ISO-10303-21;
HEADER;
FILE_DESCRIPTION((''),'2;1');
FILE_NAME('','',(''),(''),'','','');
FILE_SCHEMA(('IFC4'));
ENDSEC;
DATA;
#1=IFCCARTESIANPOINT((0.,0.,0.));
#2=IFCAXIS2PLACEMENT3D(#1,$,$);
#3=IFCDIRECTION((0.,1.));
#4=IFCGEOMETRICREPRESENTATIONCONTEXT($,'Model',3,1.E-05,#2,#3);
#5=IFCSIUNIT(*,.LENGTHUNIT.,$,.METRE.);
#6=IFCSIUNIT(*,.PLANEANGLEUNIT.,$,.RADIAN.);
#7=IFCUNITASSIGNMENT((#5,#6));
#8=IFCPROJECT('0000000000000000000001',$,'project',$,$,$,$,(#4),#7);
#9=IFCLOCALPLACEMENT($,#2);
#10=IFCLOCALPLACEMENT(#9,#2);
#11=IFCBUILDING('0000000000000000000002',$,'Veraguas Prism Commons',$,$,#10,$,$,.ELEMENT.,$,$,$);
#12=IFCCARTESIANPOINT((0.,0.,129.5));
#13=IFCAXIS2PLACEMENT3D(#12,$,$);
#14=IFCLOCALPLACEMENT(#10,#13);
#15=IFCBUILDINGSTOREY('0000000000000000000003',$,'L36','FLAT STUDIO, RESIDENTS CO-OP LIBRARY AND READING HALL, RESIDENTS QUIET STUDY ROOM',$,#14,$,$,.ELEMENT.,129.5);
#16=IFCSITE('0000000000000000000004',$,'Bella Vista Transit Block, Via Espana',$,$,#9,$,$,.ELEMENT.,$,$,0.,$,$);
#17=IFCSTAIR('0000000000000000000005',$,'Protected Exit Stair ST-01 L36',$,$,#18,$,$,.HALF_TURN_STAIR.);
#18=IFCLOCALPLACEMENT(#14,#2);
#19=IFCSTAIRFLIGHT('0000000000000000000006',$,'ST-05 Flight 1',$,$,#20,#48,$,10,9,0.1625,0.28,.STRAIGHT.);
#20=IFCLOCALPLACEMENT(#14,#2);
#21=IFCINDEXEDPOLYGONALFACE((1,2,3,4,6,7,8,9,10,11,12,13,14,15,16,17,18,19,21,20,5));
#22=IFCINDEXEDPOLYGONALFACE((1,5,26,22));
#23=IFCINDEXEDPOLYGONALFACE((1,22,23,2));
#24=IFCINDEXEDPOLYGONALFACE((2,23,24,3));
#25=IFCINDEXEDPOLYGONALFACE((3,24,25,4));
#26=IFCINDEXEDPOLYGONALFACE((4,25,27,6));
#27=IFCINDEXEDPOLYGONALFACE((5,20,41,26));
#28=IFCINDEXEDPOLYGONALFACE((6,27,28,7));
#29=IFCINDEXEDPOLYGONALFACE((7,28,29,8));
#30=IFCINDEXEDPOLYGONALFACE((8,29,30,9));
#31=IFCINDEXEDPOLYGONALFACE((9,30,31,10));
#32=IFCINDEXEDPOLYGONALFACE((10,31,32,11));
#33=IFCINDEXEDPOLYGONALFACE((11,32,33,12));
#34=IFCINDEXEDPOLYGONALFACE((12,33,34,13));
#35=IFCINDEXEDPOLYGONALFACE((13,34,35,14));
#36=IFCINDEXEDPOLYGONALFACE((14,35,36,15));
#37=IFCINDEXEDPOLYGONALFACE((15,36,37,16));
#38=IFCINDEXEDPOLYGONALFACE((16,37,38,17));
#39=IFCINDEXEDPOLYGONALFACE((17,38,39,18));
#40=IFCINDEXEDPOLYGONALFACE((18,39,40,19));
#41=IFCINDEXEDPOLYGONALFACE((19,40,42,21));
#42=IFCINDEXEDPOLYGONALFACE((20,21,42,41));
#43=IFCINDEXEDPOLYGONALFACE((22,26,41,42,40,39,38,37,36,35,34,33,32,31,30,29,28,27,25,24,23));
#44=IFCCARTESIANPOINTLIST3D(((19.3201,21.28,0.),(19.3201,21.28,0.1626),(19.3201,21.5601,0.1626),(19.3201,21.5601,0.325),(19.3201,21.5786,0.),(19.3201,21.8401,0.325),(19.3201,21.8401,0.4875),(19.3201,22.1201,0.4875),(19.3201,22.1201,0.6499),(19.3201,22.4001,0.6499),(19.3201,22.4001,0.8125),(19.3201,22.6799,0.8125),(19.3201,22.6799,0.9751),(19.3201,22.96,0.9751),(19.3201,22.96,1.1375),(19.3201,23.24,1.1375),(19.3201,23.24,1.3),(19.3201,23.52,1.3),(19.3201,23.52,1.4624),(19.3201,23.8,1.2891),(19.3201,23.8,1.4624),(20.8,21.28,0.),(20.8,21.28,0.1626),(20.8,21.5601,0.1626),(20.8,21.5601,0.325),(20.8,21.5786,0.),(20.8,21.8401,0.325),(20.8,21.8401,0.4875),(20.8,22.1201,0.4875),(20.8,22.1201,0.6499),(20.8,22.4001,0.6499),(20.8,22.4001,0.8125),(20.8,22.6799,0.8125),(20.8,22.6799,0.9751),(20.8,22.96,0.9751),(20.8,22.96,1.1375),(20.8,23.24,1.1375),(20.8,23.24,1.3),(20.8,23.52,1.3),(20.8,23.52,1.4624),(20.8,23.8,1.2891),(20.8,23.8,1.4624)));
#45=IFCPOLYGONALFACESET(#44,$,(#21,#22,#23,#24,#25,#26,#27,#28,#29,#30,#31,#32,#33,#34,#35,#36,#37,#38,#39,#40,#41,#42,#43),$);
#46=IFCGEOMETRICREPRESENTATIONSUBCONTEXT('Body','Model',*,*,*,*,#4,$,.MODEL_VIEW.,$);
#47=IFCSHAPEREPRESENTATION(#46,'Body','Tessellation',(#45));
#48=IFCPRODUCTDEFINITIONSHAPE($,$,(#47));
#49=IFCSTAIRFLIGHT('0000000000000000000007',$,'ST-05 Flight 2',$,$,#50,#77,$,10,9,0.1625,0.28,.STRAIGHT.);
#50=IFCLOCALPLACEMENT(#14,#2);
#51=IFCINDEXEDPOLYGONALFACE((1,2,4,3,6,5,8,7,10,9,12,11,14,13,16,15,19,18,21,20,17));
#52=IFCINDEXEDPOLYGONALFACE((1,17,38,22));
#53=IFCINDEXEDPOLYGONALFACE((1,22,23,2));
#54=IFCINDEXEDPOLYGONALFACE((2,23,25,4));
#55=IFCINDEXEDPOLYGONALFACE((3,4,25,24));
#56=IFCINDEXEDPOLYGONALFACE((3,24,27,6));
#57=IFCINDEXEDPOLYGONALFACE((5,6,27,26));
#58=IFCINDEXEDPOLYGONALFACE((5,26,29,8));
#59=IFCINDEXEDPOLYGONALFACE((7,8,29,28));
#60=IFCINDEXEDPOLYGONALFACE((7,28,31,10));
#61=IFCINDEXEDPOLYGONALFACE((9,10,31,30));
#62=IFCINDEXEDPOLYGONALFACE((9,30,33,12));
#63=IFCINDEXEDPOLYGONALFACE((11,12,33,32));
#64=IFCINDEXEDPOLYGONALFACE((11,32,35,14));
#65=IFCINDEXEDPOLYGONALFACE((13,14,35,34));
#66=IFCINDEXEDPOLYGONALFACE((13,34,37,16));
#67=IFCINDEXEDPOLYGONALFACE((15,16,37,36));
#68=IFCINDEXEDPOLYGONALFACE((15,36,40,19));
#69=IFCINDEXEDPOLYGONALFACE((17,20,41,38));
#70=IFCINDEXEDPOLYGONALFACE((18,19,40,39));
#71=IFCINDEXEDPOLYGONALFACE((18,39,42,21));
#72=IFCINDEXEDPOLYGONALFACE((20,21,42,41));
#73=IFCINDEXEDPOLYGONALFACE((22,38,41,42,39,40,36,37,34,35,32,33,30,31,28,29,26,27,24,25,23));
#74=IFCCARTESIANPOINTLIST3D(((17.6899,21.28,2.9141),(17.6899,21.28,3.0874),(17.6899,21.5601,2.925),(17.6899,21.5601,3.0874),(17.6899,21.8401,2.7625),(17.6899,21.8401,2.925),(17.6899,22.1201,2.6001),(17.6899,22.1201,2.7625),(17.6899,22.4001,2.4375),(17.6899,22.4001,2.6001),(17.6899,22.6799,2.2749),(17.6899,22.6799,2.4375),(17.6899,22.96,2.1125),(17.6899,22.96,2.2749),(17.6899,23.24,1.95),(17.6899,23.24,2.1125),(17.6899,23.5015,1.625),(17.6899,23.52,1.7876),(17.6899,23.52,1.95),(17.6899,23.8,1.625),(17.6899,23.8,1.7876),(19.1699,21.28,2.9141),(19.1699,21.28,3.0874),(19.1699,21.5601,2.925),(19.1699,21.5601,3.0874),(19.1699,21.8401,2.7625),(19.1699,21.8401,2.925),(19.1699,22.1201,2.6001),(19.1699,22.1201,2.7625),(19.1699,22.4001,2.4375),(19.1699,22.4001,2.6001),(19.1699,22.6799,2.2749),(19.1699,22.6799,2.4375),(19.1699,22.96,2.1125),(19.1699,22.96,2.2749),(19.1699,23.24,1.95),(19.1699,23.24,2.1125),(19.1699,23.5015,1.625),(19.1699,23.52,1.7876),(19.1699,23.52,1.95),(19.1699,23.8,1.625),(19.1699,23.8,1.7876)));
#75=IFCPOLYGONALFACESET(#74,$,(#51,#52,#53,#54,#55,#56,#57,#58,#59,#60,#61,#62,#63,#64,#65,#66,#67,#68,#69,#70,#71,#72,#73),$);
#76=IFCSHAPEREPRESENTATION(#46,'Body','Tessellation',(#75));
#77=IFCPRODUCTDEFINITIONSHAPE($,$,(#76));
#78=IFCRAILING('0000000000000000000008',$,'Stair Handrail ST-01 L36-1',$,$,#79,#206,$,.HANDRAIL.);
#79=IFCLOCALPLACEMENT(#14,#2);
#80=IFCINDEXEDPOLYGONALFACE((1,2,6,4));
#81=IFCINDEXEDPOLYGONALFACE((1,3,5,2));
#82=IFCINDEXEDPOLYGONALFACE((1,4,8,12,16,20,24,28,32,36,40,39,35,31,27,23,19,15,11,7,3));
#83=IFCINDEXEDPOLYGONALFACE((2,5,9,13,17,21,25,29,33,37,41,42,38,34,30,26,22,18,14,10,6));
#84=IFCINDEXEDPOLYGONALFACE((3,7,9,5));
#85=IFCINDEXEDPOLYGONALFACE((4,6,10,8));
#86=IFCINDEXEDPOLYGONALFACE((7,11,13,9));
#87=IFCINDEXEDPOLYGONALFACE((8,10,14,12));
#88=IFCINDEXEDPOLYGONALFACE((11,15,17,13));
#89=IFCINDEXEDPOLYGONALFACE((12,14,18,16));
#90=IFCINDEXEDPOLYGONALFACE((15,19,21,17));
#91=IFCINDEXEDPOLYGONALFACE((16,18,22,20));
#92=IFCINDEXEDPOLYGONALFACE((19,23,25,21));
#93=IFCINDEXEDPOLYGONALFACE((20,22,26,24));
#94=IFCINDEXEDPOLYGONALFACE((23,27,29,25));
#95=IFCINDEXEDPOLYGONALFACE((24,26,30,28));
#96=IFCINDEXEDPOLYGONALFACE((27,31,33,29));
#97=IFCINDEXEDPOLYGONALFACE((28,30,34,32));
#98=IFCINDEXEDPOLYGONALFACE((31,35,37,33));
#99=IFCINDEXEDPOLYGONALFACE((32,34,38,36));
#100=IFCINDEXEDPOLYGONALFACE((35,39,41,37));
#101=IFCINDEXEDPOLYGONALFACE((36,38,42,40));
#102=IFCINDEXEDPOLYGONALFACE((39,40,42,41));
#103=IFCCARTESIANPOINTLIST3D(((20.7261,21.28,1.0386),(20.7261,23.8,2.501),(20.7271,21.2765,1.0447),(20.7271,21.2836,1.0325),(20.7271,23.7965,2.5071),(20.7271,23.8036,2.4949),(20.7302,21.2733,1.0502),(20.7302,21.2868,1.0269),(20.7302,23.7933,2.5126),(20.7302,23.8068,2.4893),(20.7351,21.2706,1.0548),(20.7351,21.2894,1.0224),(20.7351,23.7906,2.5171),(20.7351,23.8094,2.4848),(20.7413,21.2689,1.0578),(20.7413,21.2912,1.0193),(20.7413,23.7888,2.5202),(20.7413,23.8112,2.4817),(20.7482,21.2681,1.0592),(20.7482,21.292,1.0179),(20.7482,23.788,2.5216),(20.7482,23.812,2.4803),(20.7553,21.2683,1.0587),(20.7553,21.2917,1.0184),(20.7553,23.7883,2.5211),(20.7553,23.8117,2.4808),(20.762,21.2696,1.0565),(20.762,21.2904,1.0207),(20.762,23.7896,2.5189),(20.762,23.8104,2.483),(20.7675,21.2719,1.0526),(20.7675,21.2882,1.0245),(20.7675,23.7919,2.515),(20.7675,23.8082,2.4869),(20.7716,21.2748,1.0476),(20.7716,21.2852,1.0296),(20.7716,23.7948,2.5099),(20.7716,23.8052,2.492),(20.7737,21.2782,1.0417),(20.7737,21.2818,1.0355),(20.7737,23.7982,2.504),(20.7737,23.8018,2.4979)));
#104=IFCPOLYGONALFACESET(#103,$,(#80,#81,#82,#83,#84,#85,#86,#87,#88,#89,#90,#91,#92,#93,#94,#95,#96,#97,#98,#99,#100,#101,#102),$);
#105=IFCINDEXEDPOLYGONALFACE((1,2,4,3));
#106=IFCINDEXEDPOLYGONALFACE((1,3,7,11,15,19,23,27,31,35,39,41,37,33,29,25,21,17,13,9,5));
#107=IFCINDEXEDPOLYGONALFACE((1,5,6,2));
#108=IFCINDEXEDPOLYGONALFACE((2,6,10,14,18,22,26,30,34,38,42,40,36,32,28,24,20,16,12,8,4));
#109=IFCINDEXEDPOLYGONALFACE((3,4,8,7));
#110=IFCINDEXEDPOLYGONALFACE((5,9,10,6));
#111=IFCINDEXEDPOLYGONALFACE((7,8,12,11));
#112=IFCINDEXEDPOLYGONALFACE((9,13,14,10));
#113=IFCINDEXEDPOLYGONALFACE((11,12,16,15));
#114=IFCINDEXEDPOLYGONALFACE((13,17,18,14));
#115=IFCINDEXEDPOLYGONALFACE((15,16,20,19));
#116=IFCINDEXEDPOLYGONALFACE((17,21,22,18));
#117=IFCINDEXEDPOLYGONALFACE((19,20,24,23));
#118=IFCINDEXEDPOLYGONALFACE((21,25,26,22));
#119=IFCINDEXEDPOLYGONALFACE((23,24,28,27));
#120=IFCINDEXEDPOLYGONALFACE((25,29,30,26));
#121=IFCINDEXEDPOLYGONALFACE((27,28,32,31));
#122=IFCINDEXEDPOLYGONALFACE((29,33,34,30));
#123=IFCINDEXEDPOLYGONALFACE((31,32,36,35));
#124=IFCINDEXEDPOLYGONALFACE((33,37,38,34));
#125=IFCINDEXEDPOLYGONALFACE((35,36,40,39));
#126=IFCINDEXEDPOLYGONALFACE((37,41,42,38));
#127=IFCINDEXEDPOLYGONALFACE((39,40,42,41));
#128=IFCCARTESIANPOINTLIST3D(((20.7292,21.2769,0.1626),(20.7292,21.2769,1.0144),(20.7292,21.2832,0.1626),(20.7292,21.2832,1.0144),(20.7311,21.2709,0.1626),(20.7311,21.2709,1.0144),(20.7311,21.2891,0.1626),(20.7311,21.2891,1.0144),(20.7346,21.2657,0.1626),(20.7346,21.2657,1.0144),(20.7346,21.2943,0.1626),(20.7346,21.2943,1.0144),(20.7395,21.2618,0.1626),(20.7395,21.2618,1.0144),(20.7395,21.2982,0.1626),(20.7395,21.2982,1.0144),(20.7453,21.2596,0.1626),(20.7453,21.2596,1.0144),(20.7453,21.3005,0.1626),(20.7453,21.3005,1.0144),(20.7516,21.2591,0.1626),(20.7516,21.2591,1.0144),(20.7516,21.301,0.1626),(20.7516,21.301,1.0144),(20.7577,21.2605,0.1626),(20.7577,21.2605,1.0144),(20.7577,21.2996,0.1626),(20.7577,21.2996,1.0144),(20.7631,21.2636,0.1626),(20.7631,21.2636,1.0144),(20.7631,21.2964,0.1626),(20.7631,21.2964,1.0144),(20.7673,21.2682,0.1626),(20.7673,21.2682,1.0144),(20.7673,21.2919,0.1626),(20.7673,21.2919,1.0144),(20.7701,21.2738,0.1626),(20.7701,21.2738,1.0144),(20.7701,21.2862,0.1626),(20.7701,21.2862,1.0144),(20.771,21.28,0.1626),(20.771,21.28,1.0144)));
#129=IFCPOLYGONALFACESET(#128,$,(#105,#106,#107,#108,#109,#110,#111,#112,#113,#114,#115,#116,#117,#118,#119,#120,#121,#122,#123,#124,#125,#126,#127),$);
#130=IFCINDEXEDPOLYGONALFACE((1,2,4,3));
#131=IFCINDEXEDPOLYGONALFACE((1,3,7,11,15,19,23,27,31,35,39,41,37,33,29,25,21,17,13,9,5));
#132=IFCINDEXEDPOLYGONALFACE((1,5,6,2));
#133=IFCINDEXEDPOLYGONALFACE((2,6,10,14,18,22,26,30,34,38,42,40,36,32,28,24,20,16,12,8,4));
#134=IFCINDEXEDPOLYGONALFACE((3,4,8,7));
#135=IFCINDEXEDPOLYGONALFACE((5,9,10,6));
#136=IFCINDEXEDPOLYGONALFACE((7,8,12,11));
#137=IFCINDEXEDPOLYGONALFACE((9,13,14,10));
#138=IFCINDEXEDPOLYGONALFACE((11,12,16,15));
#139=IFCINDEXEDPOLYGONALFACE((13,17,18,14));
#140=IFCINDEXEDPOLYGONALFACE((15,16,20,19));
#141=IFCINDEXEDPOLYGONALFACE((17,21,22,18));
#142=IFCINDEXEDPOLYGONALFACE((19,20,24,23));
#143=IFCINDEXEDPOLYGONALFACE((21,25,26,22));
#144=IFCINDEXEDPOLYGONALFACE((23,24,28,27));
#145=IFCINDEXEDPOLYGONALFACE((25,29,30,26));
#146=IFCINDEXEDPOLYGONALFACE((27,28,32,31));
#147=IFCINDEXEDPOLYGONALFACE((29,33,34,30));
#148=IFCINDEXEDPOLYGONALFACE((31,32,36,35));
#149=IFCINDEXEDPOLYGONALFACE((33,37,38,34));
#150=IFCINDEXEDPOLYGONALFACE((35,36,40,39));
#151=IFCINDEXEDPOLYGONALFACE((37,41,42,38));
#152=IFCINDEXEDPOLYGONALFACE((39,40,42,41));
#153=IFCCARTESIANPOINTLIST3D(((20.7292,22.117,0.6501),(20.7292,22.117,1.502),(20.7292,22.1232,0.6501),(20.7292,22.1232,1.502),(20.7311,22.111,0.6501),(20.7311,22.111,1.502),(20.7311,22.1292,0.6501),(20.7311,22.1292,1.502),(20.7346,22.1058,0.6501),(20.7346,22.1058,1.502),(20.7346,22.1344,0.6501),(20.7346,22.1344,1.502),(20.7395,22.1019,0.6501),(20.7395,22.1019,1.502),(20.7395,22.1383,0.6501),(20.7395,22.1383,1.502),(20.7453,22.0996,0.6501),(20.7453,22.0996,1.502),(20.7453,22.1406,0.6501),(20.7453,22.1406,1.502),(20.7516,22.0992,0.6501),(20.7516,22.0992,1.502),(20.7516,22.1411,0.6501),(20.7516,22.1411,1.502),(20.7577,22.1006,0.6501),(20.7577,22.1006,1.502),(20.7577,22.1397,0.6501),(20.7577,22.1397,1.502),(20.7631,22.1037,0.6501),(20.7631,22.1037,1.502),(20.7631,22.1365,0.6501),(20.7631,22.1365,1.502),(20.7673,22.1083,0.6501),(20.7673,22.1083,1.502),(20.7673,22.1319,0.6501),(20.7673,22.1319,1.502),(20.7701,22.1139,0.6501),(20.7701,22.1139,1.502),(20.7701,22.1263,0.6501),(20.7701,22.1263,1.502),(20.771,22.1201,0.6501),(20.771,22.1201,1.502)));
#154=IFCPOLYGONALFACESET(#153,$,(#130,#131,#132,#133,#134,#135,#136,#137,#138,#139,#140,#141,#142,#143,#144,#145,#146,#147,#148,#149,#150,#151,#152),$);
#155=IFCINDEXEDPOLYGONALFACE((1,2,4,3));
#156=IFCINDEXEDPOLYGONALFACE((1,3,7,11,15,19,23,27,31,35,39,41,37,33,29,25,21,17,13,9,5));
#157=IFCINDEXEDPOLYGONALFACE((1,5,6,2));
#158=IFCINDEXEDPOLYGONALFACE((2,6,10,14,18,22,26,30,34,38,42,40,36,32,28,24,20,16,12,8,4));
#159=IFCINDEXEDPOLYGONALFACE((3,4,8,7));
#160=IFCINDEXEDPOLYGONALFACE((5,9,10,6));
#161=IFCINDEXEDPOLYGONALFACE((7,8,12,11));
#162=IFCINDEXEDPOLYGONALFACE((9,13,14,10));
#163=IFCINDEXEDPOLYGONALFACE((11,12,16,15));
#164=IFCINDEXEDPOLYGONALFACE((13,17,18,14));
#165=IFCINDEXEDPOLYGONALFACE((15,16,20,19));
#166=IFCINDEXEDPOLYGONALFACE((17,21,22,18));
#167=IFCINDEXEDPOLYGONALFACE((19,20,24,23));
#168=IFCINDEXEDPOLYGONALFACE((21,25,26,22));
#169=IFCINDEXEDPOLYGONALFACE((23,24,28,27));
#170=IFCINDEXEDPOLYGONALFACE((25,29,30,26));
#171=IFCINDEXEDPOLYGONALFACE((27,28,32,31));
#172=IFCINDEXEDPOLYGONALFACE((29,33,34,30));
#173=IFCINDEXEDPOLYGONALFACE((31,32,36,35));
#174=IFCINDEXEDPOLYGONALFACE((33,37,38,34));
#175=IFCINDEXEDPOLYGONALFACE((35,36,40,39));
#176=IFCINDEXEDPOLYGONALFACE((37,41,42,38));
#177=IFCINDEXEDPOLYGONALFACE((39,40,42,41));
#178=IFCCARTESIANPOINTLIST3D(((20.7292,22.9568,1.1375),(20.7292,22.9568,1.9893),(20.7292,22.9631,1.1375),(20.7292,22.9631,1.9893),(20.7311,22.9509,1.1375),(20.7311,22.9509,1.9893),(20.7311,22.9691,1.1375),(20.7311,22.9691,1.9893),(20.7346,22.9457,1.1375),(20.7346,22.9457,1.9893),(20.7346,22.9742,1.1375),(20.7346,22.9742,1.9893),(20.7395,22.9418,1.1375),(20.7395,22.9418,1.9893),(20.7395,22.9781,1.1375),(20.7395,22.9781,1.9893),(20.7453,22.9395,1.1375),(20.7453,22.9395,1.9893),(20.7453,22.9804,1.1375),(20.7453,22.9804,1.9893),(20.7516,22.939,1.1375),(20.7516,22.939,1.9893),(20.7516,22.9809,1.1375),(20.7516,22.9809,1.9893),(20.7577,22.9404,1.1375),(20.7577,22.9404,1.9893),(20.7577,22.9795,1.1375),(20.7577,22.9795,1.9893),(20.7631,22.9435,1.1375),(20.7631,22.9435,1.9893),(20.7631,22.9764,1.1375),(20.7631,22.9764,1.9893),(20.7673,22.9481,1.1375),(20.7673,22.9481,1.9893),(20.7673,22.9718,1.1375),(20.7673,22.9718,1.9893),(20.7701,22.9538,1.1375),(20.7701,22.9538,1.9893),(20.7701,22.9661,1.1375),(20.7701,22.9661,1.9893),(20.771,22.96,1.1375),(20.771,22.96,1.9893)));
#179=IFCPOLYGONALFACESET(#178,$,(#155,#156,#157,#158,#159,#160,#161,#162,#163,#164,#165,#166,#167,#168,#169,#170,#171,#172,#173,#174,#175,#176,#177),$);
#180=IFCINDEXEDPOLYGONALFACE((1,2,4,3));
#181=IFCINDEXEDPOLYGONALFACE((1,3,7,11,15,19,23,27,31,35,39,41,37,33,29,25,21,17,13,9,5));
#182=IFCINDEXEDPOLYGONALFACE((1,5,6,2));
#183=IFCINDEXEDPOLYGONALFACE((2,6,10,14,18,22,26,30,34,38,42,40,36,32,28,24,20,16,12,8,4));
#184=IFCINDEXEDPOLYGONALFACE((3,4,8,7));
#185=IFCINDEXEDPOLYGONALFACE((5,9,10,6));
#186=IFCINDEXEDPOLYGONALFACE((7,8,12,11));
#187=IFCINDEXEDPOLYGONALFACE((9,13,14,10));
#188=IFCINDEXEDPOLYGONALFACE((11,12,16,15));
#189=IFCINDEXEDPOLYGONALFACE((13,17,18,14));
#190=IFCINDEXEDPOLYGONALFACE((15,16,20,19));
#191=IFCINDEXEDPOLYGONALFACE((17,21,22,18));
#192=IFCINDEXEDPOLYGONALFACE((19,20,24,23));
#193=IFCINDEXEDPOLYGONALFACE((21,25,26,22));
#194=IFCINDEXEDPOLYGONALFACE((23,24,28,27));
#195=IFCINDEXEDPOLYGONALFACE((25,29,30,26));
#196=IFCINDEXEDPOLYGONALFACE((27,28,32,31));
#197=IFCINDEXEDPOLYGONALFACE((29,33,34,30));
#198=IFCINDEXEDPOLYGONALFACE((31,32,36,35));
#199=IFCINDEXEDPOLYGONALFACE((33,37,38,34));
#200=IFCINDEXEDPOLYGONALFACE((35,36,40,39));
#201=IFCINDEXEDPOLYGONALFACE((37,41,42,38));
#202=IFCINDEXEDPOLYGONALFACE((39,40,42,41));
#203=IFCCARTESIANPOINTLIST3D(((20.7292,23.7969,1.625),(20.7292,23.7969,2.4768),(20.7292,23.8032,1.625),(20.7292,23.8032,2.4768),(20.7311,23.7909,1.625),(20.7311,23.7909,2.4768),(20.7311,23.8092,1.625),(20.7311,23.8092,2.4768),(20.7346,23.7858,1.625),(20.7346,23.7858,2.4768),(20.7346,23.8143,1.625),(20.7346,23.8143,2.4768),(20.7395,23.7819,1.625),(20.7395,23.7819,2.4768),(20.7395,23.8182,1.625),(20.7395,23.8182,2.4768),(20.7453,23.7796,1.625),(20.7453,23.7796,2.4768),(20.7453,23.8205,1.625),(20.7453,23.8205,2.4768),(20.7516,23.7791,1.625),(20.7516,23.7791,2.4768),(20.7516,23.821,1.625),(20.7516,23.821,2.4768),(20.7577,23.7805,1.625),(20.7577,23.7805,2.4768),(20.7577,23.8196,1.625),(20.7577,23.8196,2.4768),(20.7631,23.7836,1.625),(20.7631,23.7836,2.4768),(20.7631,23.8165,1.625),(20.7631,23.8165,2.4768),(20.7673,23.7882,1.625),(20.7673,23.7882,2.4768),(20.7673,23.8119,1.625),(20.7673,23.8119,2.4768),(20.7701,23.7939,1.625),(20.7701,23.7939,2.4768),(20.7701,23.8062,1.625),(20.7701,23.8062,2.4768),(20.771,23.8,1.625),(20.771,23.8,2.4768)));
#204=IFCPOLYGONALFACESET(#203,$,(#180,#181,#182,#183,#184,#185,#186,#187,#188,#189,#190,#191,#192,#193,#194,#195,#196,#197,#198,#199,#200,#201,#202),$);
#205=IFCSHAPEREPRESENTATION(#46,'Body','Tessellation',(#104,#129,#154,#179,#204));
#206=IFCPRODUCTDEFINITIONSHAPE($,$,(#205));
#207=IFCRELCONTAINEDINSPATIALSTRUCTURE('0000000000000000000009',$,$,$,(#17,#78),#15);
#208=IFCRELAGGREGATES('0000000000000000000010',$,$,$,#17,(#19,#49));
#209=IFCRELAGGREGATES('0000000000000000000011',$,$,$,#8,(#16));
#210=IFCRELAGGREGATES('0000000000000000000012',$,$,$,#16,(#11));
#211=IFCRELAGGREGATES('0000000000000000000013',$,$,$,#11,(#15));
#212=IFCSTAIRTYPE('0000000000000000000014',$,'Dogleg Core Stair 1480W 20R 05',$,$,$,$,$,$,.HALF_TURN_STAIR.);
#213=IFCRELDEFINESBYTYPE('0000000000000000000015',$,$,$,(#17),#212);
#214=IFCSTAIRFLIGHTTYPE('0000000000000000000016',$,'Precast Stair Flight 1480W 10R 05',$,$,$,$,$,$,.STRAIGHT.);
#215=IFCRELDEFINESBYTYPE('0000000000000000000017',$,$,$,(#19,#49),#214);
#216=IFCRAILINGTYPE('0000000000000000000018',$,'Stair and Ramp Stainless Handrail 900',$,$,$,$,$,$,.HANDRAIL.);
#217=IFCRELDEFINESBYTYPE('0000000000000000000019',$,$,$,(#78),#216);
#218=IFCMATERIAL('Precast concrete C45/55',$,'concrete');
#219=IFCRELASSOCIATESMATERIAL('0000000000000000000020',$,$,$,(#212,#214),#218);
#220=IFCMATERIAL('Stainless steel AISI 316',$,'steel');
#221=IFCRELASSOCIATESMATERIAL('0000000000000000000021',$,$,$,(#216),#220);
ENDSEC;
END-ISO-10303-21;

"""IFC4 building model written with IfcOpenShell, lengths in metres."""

from ifc_helpers import new_model, si_unit, direction, frame, origin, origin_2d, place, context, subcontext, project, spatial, polyline, circle, outline, extrude, material, type_object, element, aggregate, save


model = new_model("IFC4")

# Units and contexts
model_context = context("Model", 3, precision=1e-05, world=origin(), true_north=direction((0.0, 1.0)))
body_context = subcontext(model_context, "Body", "Model", "MODEL_VIEW")
ifc_project = project(units=[si_unit("LENGTHUNIT", "METRE"), si_unit("PLANEANGLEUNIT", "RADIAN")], contexts=[model_context])

# Site, building, storey
site_placement = place(None, origin())
site = spatial("IfcSite", under=ifc_project, at=site_placement, Name="Bella Vista Transit Block, Via Espana", CompositionType="ELEMENT", RefElevation=0.0)
building_placement = place(site_placement, origin())
building = spatial("IfcBuilding", under=site, at=building_placement, Name="Veraguas Prism Commons", CompositionType="ELEMENT")
storey_placement = place(building_placement, frame((0.0, 0.0, 129.5)))
storey = spatial("IfcBuildingStorey", under=building, at=storey_placement, Name="L36", Description="FLAT STUDIO, RESIDENTS CO-OP LIBRARY AND READING HALL, RESIDENTS QUIET STUDY ROOM", CompositionType="ELEMENT", Elevation=129.5)

# Stair, stair flights
ifc_material_1 = material(Name="Precast concrete C45/55", Category="concrete")
stair_type = type_object("IfcStairType", Name="Dogleg Core Stair 1480W 20R 05", PredefinedType="HALF_TURN_STAIR", material=ifc_material_1)
stair_placement = place(storey_placement, origin())
stair = element("IfcStair", 1, at=stair_placement, inside=storey, type_object=stair_type, Name="Protected Exit Stair ST-01 L36", PredefinedType="HALF_TURN_STAIR")
stair_flight_type = type_object("IfcStairFlightType", Name="Precast Stair Flight 1480W 10R 05", PredefinedType="STRAIGHT", material=ifc_material_1)
stair_flight_1_placement = place(storey_placement, frame((20.0601, 21.28, 0.0), z_axis=(0.0, 0.0, 1.0), x_axis=(0.0, 1.0, 0.0)))
stair_flight_1 = element("IfcStairFlight", 2, at=stair_flight_1_placement, type_object=stair_flight_type, Name="ST-05 Flight 1", NumberOfRisers=10, NumberOfTreads=9, PredefinedType="STRAIGHT", RiserHeight=0.1625, TreadLength=0.28, context=body_context, shape_type="SweptSolid", body=[
    extrude(outline(polyline([(0.0, 0.0), (0.0, 0.1626), (0.28, 0.1626), (0.28, 0.325), (0.5601, 0.325), (0.5601, 0.4875), (0.8401, 0.4875), (0.8401, 0.6499), (1.1201, 0.6499), (1.1201, 0.8125), (1.3999, 0.8125), (1.3999, 0.9751), (1.6799, 0.9751), (1.6799, 1.1375), (1.96, 1.1375), (1.96, 1.3), (2.24, 1.3), (2.24, 1.4624), (2.52, 1.4624), (2.52, 1.625), (2.52, 1.2891), (0.2986, 0.0), (0.0, 0.0)])), frame((0.0, 0.74, 0.0), z_axis=(0.0, -1.0, 0.0), x_axis=(1.0, 0.0, 0.0)), (0.0, 0.0, 1.0), 1.48),
])
stair_flight_2_placement = place(storey_placement, frame((18.4299, 23.8, 1.625), z_axis=(0.0, 0.0, 1.0), x_axis=(0.0, -1.0, 0.0)))
stair_flight_2 = element("IfcStairFlight", 3, at=stair_flight_2_placement, type_object=stair_flight_type, Name="ST-05 Flight 2", NumberOfRisers=10, NumberOfTreads=9, PredefinedType="STRAIGHT", RiserHeight=0.1625, TreadLength=0.28, context=body_context, shape_type="SweptSolid", body=[
    extrude(outline(polyline([(0.0, 0.0), (0.0, 0.1626), (0.28, 0.1626), (0.28, 0.325), (0.5601, 0.325), (0.5601, 0.4875), (0.8401, 0.4875), (0.8401, 0.6499), (1.1201, 0.6499), (1.1201, 0.8125), (1.3999, 0.8125), (1.3999, 0.9751), (1.6799, 0.9751), (1.6799, 1.1375), (1.96, 1.1375), (1.96, 1.3), (2.24, 1.3), (2.24, 1.4624), (2.52, 1.4624), (2.52, 1.625), (2.52, 1.2891), (0.2986, 0.0), (0.0, 0.0)])), frame((0.0, 0.74, 0.0), z_axis=(0.0, -1.0, 0.0), x_axis=(1.0, 0.0, 0.0)), (0.0, 0.0, 1.0), 1.48),
])
aggregate(stair, [stair_flight_1, stair_flight_2])

# Railing
ifc_material_2 = material(Name="Stainless steel AISI 316", Category="steel")
railing_type_1 = type_object("IfcRailingType", Name="Stair and Ramp Stainless Handrail 900", PredefinedType="HANDRAIL", material=ifc_material_2)
railing_1_placement = place(storey_placement, frame((20.75, 21.28, 0.1626)))
element("IfcRailing", 4, at=railing_1_placement, inside=storey, type_object=railing_type_1, Name="Stair Handrail ST-01 L36-1", PredefinedType="HANDRAIL", context=body_context, shape_type="SweptSolid", body=[
    extrude(circle(Radius=0.0239, at=origin_2d()), frame((0.0, 0.0, 0.876), z_axis=(0.0, 0.864913, 0.501921), x_axis=(-1.0, 0.0, 0.0)), (0.0, 0.0, 1.0), 2.9136),
    extrude(circle(Radius=0.021, at=origin_2d()), origin(), (0.0, 0.0, 1.0), 0.8518),
    extrude(circle(Radius=0.021, at=origin_2d()), frame((0.0, 0.8401, 0.4875)), (0.0, 0.0, 1.0), 0.8518),
    extrude(circle(Radius=0.021, at=origin_2d()), frame((0.0, 1.6799, 0.9749)), (0.0, 0.0, 1.0), 0.8518),
    extrude(circle(Radius=0.021, at=origin_2d()), frame((0.0, 2.52, 1.4624)), (0.0, 0.0, 1.0), 0.8518),
])

save(model, "model.ifc")
